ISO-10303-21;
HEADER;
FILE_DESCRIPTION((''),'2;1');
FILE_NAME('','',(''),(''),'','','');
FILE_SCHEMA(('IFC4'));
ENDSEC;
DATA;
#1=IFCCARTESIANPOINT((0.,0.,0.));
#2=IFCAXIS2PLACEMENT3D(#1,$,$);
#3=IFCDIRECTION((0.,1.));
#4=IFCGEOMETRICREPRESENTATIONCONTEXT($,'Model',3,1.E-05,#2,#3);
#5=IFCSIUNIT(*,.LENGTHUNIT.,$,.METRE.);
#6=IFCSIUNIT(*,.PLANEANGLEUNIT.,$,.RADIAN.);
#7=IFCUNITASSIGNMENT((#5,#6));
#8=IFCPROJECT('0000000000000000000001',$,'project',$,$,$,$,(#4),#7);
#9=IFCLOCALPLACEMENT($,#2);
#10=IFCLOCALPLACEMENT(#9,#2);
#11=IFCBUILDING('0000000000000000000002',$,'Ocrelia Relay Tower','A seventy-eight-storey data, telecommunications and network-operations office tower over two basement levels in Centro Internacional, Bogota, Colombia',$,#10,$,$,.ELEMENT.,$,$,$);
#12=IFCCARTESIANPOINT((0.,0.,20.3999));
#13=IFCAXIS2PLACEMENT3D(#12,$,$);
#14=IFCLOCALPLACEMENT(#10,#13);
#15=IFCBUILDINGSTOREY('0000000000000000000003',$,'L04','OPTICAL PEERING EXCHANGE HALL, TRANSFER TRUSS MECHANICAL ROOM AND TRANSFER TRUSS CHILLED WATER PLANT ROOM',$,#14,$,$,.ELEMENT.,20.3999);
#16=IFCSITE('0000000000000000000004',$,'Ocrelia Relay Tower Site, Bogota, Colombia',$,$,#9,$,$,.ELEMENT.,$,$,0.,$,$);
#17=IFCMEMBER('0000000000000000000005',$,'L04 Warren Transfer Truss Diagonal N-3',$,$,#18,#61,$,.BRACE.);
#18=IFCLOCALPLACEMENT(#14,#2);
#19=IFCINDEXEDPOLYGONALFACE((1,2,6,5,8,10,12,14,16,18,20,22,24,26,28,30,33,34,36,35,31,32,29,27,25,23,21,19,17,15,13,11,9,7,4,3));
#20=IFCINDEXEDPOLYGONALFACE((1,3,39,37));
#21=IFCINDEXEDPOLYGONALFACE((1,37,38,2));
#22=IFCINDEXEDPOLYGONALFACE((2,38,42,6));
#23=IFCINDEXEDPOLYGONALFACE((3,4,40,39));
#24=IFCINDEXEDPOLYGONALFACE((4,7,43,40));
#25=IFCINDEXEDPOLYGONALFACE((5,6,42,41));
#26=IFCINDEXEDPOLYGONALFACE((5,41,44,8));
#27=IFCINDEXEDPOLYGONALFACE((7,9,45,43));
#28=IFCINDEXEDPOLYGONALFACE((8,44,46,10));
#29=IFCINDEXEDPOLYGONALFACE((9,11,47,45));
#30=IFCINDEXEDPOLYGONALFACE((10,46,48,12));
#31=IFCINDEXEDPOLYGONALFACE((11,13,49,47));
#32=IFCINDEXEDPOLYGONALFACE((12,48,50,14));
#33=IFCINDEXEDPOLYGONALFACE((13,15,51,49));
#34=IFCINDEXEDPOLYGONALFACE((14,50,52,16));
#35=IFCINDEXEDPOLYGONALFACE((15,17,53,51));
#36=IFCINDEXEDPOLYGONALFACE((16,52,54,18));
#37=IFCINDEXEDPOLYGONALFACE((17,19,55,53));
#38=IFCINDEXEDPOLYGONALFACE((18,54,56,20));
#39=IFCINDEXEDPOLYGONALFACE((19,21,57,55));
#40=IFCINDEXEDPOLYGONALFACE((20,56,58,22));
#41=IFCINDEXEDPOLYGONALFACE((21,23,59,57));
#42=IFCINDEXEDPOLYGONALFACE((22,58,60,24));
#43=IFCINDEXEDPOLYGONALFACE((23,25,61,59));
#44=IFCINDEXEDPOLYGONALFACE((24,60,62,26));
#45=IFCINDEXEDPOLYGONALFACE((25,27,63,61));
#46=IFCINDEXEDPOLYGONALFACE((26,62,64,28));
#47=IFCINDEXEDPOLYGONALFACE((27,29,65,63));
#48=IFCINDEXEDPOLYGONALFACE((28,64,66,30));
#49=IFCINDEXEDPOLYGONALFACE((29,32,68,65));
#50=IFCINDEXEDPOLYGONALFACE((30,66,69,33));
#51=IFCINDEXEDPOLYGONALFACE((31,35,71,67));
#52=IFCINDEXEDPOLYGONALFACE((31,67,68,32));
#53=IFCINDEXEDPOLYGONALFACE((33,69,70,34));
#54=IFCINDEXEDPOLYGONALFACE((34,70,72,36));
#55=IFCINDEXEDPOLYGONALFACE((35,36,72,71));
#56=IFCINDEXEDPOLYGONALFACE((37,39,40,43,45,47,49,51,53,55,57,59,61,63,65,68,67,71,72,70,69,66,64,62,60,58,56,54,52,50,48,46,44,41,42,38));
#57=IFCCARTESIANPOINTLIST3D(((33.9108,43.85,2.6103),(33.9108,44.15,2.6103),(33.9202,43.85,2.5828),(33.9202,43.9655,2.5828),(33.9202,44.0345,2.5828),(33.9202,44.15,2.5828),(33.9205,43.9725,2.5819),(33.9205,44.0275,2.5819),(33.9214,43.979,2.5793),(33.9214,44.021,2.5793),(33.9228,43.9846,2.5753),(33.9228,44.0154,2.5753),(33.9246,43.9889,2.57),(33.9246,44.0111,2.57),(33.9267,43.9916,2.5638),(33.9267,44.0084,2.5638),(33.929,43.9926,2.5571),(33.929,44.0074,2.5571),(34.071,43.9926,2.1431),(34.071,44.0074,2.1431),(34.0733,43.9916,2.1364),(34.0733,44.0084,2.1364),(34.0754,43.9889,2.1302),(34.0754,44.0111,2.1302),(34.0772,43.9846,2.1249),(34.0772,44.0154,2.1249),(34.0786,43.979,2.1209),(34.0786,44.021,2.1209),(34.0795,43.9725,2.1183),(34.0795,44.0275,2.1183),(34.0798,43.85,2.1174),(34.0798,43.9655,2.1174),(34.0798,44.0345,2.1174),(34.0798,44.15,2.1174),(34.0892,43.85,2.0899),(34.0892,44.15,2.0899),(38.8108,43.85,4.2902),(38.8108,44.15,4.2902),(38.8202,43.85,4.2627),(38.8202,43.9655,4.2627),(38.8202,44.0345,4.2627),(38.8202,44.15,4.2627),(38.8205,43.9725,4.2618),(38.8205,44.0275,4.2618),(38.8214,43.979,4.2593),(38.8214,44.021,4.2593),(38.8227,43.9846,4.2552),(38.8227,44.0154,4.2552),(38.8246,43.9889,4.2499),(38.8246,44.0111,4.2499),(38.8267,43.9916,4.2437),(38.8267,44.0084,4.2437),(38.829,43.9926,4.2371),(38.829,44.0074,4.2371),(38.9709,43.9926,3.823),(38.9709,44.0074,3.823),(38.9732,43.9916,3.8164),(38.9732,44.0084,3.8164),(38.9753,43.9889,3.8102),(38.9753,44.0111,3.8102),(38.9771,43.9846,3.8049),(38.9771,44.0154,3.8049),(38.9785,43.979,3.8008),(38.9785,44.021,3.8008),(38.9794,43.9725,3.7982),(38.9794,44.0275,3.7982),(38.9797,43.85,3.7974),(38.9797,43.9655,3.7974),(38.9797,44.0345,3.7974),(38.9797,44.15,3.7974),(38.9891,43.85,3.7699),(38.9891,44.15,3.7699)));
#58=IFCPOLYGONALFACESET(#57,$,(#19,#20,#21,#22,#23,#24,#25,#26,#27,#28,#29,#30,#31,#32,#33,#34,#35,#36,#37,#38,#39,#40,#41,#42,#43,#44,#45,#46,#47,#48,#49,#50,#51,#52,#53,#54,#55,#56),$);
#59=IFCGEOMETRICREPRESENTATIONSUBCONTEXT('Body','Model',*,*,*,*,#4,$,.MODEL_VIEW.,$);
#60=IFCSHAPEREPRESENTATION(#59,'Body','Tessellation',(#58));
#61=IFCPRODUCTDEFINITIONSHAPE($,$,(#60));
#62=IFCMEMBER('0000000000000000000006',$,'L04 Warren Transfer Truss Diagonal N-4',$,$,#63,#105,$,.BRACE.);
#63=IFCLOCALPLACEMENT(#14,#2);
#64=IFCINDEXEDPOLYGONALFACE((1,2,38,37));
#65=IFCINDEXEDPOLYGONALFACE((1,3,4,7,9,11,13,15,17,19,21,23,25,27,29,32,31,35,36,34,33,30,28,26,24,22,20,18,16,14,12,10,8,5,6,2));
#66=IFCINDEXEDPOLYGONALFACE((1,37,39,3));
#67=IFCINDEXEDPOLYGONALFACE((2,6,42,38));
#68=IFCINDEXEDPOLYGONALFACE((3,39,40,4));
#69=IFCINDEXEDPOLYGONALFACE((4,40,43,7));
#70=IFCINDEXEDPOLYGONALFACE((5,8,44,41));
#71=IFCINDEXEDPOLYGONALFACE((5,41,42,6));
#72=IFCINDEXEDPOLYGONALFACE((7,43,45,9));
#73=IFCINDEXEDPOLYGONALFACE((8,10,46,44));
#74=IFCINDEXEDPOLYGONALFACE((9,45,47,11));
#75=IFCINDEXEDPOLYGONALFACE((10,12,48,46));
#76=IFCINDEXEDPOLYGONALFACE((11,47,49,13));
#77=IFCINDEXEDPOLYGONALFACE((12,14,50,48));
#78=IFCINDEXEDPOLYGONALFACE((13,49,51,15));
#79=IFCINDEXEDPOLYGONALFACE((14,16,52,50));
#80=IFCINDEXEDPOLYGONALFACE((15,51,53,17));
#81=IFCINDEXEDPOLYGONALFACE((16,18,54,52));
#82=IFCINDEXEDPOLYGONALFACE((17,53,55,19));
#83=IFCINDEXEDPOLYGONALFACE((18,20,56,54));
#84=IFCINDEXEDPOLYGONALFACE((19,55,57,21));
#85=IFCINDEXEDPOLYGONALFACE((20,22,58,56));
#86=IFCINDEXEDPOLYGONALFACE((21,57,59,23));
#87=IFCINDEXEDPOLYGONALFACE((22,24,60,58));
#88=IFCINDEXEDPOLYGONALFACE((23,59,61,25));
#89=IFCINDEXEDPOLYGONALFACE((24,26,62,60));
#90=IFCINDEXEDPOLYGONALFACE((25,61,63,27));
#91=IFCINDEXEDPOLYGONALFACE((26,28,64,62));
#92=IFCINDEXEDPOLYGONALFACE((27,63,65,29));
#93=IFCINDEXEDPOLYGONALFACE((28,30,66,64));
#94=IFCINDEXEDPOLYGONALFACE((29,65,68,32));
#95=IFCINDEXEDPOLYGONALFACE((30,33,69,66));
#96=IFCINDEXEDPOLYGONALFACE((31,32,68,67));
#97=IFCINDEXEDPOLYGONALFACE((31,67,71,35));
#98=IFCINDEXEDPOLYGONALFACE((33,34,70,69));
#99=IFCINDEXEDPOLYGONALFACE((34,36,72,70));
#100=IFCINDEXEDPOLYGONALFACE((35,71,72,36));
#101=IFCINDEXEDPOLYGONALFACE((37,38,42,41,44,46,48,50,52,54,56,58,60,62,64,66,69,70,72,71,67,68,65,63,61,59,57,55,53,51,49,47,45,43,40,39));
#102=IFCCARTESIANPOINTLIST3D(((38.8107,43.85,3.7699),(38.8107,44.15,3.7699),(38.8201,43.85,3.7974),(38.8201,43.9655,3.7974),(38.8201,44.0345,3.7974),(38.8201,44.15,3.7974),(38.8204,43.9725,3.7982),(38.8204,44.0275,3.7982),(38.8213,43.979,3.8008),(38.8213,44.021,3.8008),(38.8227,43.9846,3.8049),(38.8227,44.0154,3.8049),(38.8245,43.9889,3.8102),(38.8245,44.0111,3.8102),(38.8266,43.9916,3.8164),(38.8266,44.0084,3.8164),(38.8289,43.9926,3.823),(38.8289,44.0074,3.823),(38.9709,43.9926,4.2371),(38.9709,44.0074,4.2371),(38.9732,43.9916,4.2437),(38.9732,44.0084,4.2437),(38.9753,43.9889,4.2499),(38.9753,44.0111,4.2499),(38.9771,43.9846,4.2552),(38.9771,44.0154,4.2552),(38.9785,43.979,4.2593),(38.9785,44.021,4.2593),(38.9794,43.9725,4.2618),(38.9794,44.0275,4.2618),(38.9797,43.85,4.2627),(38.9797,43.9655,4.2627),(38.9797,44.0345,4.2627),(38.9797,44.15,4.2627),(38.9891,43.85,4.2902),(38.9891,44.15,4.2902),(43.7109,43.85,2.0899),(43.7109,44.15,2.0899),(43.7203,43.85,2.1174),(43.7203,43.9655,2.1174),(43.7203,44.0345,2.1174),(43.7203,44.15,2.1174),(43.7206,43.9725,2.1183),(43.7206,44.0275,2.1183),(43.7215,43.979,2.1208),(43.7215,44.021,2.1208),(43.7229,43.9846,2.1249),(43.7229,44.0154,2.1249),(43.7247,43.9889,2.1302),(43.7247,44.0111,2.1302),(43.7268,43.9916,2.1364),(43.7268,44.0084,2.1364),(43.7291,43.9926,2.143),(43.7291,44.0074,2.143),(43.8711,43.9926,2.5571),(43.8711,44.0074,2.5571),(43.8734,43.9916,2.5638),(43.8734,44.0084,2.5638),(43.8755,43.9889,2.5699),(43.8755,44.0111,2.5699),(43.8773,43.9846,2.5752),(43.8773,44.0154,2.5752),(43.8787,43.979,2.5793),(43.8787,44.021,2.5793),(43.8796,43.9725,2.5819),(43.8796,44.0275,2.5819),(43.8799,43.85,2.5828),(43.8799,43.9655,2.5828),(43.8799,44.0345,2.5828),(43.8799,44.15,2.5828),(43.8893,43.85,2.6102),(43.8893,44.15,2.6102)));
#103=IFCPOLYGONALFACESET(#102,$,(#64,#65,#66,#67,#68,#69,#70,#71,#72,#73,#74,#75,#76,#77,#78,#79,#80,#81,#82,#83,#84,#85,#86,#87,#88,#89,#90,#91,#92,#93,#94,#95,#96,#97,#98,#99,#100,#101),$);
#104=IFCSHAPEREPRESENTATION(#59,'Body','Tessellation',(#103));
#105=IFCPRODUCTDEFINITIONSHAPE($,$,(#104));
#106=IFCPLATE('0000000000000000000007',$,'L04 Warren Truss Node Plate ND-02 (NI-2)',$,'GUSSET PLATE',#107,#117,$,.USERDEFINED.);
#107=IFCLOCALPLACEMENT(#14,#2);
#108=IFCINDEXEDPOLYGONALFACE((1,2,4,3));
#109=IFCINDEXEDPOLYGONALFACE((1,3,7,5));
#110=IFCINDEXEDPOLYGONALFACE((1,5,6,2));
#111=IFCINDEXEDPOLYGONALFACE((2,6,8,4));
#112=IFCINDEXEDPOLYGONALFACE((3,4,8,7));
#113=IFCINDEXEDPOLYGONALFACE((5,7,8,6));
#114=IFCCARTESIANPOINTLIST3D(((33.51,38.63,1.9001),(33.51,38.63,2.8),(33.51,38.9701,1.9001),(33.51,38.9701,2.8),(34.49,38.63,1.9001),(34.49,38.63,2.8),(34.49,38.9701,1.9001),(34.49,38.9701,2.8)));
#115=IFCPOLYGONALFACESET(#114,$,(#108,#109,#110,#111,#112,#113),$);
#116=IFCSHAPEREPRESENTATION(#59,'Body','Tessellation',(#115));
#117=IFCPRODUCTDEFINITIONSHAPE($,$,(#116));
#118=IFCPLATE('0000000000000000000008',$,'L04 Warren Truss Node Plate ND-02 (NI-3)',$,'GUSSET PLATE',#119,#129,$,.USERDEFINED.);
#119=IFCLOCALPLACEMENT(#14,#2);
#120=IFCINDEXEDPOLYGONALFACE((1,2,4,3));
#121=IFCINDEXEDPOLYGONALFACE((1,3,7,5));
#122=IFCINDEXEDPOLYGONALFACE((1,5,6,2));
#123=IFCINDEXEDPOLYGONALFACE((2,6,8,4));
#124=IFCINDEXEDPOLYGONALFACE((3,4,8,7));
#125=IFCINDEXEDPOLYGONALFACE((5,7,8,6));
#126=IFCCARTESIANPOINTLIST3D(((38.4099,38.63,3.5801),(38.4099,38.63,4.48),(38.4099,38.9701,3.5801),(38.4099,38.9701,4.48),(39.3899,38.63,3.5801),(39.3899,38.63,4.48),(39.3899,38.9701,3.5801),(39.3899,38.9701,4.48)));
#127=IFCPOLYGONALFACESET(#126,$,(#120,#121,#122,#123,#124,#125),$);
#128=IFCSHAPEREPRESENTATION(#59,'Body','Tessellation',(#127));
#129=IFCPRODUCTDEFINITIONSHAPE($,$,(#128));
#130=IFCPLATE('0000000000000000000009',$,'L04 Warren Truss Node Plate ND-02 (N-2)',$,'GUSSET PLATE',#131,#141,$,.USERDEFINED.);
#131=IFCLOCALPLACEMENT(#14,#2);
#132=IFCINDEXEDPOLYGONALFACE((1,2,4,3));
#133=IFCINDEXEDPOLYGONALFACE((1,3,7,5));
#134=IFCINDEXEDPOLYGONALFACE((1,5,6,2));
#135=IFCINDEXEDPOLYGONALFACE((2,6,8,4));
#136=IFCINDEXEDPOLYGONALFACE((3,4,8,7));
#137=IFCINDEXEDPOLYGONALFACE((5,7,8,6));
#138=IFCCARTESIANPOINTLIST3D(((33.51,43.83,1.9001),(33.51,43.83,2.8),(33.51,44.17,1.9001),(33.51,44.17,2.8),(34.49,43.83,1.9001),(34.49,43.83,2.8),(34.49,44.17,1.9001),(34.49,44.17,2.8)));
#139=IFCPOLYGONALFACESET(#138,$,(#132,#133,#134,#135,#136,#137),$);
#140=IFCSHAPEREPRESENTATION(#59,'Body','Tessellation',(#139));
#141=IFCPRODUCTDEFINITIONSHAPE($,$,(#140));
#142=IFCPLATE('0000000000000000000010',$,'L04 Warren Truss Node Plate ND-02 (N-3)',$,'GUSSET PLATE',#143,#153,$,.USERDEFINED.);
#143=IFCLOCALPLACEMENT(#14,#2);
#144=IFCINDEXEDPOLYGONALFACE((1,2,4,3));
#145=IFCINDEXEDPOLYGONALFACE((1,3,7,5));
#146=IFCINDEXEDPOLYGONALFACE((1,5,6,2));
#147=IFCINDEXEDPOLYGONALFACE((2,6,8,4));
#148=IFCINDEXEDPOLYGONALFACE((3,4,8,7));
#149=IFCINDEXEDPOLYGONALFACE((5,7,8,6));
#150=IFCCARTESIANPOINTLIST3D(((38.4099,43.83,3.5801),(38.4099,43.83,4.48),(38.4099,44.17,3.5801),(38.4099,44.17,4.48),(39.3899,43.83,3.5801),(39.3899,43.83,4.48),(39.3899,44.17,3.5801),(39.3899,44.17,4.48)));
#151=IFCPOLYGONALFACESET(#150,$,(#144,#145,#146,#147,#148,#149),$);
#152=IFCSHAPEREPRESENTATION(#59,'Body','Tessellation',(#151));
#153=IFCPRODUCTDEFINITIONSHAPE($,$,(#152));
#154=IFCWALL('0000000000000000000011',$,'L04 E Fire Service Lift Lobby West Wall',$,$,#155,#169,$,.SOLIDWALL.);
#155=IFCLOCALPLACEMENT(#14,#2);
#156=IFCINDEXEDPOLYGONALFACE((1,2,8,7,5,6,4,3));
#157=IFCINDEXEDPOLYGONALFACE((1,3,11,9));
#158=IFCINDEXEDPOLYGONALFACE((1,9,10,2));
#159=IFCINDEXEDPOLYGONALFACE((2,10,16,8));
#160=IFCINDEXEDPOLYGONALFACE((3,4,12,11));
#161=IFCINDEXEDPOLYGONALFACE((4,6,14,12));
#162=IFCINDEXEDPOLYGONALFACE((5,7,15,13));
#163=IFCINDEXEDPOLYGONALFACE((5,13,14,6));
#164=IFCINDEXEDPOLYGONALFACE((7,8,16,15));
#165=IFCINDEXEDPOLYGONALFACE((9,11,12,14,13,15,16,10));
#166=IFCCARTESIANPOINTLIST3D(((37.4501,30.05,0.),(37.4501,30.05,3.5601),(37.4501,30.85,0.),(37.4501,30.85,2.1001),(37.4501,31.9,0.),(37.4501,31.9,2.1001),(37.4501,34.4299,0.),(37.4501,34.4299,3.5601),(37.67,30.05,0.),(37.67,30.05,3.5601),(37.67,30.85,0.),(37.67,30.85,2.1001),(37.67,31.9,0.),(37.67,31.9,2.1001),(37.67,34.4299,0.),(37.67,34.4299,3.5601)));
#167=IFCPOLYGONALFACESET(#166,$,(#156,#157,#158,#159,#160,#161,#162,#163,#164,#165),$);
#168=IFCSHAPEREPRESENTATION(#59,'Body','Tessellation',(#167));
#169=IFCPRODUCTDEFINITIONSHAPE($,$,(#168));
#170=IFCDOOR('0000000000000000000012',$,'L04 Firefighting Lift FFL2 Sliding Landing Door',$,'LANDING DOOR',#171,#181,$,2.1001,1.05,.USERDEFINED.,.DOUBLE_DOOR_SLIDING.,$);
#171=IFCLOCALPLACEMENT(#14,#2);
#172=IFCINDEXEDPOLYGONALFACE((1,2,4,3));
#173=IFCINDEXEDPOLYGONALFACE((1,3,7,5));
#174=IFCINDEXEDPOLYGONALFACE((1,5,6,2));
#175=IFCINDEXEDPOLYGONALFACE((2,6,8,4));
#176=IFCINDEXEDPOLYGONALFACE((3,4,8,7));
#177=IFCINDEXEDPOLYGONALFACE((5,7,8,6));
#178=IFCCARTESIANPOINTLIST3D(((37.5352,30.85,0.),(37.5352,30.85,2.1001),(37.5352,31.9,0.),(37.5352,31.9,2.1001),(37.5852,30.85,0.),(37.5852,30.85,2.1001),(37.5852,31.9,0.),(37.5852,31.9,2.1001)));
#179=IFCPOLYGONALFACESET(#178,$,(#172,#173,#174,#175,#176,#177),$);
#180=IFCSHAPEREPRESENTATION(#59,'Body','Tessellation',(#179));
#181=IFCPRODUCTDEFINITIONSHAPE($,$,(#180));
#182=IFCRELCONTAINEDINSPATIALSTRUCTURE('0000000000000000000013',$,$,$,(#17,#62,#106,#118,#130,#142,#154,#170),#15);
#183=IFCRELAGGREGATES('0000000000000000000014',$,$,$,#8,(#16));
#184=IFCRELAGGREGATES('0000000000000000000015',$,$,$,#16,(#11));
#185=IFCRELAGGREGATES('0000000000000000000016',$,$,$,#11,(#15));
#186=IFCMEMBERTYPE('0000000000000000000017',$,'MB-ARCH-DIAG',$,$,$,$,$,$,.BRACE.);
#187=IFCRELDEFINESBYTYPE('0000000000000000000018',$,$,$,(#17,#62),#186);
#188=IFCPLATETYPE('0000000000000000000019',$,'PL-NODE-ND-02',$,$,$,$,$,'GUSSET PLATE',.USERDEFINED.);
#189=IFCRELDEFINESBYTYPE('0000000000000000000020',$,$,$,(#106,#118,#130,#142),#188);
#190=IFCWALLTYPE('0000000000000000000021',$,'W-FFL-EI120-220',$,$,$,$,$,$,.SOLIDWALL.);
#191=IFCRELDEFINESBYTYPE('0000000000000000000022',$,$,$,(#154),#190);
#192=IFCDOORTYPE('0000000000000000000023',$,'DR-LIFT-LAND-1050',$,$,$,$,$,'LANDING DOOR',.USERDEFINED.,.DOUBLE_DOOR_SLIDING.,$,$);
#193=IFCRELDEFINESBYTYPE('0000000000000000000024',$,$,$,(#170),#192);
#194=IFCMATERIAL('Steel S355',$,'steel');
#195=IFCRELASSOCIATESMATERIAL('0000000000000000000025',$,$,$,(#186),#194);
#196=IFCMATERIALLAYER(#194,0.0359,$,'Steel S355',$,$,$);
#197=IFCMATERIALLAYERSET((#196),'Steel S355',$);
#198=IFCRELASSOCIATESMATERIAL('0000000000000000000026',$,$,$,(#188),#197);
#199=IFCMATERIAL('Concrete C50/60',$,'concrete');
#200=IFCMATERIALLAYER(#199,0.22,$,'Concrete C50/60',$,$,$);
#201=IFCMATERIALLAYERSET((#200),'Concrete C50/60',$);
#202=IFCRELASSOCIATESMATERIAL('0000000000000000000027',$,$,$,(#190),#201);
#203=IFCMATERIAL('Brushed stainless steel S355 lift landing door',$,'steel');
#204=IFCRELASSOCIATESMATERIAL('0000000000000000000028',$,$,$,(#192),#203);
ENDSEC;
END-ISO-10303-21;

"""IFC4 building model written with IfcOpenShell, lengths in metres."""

from ifc_helpers import new_model, si_unit, direction, frame, frame_2d, origin, origin_2d, place, context, subcontext, project, spatial, rectangle, i_section, extrude, material, layer, layer_set, material_profile, profile_set, type_object, element, fill, save


model = new_model("IFC4")

# Units and contexts
model_context = context("Model", 3, precision=1e-05, world=origin(), true_north=direction((0.0, 1.0)))
body_context = subcontext(model_context, "Body", "Model", "MODEL_VIEW")
ifc_project = project(units=[si_unit("LENGTHUNIT", "METRE"), si_unit("PLANEANGLEUNIT", "RADIAN")], contexts=[model_context])

# Site, building, storey
site_placement = place(None, origin())
site = spatial("IfcSite", under=ifc_project, at=site_placement, Name="Ocrelia Relay Tower Site, Bogota, Colombia", CompositionType="ELEMENT", RefElevation=0.0)
building_placement = place(site_placement, origin())
building = spatial("IfcBuilding", under=site, at=building_placement, Name="Ocrelia Relay Tower", Description="A seventy-eight-storey data, telecommunications and network-operations office tower over two basement levels in Centro Internacional, Bogota, Colombia", CompositionType="ELEMENT")
storey_placement = place(building_placement, frame((0.0, 0.0, 20.3999)))
storey = spatial("IfcBuildingStorey", under=building, at=storey_placement, Name="L04", Description="OPTICAL PEERING EXCHANGE HALL, TRANSFER TRUSS MECHANICAL ROOM AND TRANSFER TRUSS CHILLED WATER PLANT ROOM", CompositionType="ELEMENT", Elevation=20.3999)

# Members
ifc_material_1 = material(Name="Steel S355", Category="steel")
ifc_material_profile_1 = material_profile(ifc_material_1, i_section(OverallWidth=0.3, OverallDepth=0.55, WebThickness=0.0149, FlangeThickness=0.0291, FilletRadius=0.0271, at=origin_2d()), Name="HEB 550")
ifc_profile_set_1 = profile_set([ifc_material_profile_1], Name="Steel S355")
member_type_1 = type_object("IfcMemberType", Name="MB-ARCH-DIAG", PredefinedType="BRACE", material=ifc_profile_set_1)
member_1_placement = place(storey_placement, frame((34.0, 44.0, 2.3501), z_axis=(0.945948, 0.0, 0.324318), x_axis=(0.0, 1.0, 0.0)))
element("IfcMember", 1, at=member_1_placement, inside=storey, type_object=member_type_1, Name="L04 Warren Transfer Truss Diagonal N-3", PredefinedType="BRACE", context=body_context, shape_type="SweptSolid", body=[
    extrude(i_section(OverallWidth=0.3, OverallDepth=0.55, WebThickness=0.0149, FlangeThickness=0.0291, FilletRadius=0.0271, at=origin_2d()), origin(), (0.0, 0.0, 1.0), 5.1799),
])
member_2_placement = place(storey_placement, frame((38.8999, 44.0, 4.03), z_axis=(0.945953, 0.0, -0.324304), x_axis=(0.0, 1.0, 0.0)))
element("IfcMember", 2, at=member_2_placement, inside=storey, type_object=member_type_1, Name="L04 Warren Transfer Truss Diagonal N-4", PredefinedType="BRACE", context=body_context, shape_type="SweptSolid", body=[
    extrude(i_section(OverallWidth=0.3, OverallDepth=0.55, WebThickness=0.0149, FlangeThickness=0.0291, FilletRadius=0.0271, at=origin_2d()), origin(), (0.0, 0.0, 1.0), 5.1802),
])

# Plates
ifc_layer_1 = layer(ifc_material_1, 0.0359, Name="Steel S355")
ifc_layer_set_1 = layer_set([ifc_layer_1], Name="Steel S355")
plate_type = type_object("IfcPlateType", Name="PL-NODE-ND-02", ElementType="GUSSET PLATE", PredefinedType="USERDEFINED", material=ifc_layer_set_1)
for number, where, z_axis, x_axis, name in (
    (3, (34.0, 38.8, 1.9001), (0.0, 0.0, 1.0), (1.0, 0.0, 0.0), "L04 Warren Truss Node Plate ND-02 (NI-2)"),
    (4, (38.8999, 38.8, 3.5801), (0.0, 0.0, 1.0), (1.0, 0.0, 0.0), "L04 Warren Truss Node Plate ND-02 (NI-3)"),
    (5, (34.0, 44.0, 1.9001), (0.0, 0.0, 1.0), (1.0, 0.0, 0.0), "L04 Warren Truss Node Plate ND-02 (N-2)"),
    (6, (38.8999, 44.0, 3.5801), (0.0, 0.0, 1.0), (1.0, 0.0, 0.0), "L04 Warren Truss Node Plate ND-02 (N-3)"),
):
    element("IfcPlate", number, at=place(storey_placement, frame(where, z_axis=z_axis, x_axis=x_axis)), inside=storey, type_object=plate_type, Name=name, ObjectType="GUSSET PLATE", PredefinedType="USERDEFINED", context=body_context, shape_type="SweptSolid", body=[
        extrude(rectangle(XDim=0.98, YDim=0.3401, at=origin_2d()), origin(), (0.0, 0.0, 1.0), 0.8999),
    ])

# Wall, opening, door
ifc_material_2 = material(Name="Concrete C50/60", Category="concrete")
ifc_layer_2 = layer(ifc_material_2, 0.22, Name="Concrete C50/60")
ifc_layer_set_2 = layer_set([ifc_layer_2], Name="Concrete C50/60")
wall_type_1 = type_object("IfcWallType", Name="W-FFL-EI120-220", PredefinedType="SOLIDWALL", material=ifc_layer_set_2)
wall_1_placement = place(storey_placement, frame((37.5601, 30.05, 0.0), z_axis=(0.0, 0.0, 1.0), x_axis=(0.0, 1.0, 0.0)))
wall_1 = element("IfcWall", 7, at=wall_1_placement, inside=storey, type_object=wall_type_1, Name="L04 E Fire Service Lift Lobby West Wall", PredefinedType="SOLIDWALL", context=body_context, shape_type="SweptSolid", body=[
    extrude(rectangle(XDim=4.3799, YDim=0.22, at=frame_2d((2.1899, 0.0))), origin(), (0.0, 0.0, 1.0), 3.5601),
])
opening_1_placement = place(wall_1_placement, frame((0.8, 0.0, 0.0)))
opening_1 = element("IfcOpeningElement", 8, at=opening_1_placement, cuts=wall_1, PredefinedType="OPENING", context=body_context, shape_type="SweptSolid", body=[
    extrude(rectangle(XDim=1.05, YDim=2.1001, at=frame_2d((0.5249, 1.05))), frame((0.0, 0.1201, 0.0), z_axis=(0.0, -1.0, 0.0), x_axis=(1.0, 0.0, 0.0)), (0.0, 0.0, 1.0), 0.24),
])
ifc_material_3 = material(Name="Brushed stainless steel S355 lift landing door", Category="steel")
door_type_1 = type_object("IfcDoorType", Name="DR-LIFT-LAND-1050", ElementType="LANDING DOOR", OperationType="DOUBLE_DOOR_SLIDING", PredefinedType="USERDEFINED", material=ifc_material_3)
door_1_placement = place(opening_1_placement, origin())
door_1 = element("IfcDoor", 9, at=door_1_placement, inside=storey, type_object=door_type_1, Name="L04 Firefighting Lift FFL2 Sliding Landing Door", ObjectType="LANDING DOOR", OperationType="DOUBLE_DOOR_SLIDING", OverallHeight=2.1001, OverallWidth=1.05, PredefinedType="USERDEFINED", context=body_context, shape_type="SweptSolid", body=[
    extrude(rectangle(XDim=1.05, YDim=2.1001, at=frame_2d((0.5249, 1.05))), frame((0.0, 0.0249, 0.0), z_axis=(0.0, -1.0, 0.0), x_axis=(1.0, 0.0, 0.0)), (0.0, 0.0, 1.0), 0.05),
])
fill(opening_1, door_1)

save(model, "model.ifc")
